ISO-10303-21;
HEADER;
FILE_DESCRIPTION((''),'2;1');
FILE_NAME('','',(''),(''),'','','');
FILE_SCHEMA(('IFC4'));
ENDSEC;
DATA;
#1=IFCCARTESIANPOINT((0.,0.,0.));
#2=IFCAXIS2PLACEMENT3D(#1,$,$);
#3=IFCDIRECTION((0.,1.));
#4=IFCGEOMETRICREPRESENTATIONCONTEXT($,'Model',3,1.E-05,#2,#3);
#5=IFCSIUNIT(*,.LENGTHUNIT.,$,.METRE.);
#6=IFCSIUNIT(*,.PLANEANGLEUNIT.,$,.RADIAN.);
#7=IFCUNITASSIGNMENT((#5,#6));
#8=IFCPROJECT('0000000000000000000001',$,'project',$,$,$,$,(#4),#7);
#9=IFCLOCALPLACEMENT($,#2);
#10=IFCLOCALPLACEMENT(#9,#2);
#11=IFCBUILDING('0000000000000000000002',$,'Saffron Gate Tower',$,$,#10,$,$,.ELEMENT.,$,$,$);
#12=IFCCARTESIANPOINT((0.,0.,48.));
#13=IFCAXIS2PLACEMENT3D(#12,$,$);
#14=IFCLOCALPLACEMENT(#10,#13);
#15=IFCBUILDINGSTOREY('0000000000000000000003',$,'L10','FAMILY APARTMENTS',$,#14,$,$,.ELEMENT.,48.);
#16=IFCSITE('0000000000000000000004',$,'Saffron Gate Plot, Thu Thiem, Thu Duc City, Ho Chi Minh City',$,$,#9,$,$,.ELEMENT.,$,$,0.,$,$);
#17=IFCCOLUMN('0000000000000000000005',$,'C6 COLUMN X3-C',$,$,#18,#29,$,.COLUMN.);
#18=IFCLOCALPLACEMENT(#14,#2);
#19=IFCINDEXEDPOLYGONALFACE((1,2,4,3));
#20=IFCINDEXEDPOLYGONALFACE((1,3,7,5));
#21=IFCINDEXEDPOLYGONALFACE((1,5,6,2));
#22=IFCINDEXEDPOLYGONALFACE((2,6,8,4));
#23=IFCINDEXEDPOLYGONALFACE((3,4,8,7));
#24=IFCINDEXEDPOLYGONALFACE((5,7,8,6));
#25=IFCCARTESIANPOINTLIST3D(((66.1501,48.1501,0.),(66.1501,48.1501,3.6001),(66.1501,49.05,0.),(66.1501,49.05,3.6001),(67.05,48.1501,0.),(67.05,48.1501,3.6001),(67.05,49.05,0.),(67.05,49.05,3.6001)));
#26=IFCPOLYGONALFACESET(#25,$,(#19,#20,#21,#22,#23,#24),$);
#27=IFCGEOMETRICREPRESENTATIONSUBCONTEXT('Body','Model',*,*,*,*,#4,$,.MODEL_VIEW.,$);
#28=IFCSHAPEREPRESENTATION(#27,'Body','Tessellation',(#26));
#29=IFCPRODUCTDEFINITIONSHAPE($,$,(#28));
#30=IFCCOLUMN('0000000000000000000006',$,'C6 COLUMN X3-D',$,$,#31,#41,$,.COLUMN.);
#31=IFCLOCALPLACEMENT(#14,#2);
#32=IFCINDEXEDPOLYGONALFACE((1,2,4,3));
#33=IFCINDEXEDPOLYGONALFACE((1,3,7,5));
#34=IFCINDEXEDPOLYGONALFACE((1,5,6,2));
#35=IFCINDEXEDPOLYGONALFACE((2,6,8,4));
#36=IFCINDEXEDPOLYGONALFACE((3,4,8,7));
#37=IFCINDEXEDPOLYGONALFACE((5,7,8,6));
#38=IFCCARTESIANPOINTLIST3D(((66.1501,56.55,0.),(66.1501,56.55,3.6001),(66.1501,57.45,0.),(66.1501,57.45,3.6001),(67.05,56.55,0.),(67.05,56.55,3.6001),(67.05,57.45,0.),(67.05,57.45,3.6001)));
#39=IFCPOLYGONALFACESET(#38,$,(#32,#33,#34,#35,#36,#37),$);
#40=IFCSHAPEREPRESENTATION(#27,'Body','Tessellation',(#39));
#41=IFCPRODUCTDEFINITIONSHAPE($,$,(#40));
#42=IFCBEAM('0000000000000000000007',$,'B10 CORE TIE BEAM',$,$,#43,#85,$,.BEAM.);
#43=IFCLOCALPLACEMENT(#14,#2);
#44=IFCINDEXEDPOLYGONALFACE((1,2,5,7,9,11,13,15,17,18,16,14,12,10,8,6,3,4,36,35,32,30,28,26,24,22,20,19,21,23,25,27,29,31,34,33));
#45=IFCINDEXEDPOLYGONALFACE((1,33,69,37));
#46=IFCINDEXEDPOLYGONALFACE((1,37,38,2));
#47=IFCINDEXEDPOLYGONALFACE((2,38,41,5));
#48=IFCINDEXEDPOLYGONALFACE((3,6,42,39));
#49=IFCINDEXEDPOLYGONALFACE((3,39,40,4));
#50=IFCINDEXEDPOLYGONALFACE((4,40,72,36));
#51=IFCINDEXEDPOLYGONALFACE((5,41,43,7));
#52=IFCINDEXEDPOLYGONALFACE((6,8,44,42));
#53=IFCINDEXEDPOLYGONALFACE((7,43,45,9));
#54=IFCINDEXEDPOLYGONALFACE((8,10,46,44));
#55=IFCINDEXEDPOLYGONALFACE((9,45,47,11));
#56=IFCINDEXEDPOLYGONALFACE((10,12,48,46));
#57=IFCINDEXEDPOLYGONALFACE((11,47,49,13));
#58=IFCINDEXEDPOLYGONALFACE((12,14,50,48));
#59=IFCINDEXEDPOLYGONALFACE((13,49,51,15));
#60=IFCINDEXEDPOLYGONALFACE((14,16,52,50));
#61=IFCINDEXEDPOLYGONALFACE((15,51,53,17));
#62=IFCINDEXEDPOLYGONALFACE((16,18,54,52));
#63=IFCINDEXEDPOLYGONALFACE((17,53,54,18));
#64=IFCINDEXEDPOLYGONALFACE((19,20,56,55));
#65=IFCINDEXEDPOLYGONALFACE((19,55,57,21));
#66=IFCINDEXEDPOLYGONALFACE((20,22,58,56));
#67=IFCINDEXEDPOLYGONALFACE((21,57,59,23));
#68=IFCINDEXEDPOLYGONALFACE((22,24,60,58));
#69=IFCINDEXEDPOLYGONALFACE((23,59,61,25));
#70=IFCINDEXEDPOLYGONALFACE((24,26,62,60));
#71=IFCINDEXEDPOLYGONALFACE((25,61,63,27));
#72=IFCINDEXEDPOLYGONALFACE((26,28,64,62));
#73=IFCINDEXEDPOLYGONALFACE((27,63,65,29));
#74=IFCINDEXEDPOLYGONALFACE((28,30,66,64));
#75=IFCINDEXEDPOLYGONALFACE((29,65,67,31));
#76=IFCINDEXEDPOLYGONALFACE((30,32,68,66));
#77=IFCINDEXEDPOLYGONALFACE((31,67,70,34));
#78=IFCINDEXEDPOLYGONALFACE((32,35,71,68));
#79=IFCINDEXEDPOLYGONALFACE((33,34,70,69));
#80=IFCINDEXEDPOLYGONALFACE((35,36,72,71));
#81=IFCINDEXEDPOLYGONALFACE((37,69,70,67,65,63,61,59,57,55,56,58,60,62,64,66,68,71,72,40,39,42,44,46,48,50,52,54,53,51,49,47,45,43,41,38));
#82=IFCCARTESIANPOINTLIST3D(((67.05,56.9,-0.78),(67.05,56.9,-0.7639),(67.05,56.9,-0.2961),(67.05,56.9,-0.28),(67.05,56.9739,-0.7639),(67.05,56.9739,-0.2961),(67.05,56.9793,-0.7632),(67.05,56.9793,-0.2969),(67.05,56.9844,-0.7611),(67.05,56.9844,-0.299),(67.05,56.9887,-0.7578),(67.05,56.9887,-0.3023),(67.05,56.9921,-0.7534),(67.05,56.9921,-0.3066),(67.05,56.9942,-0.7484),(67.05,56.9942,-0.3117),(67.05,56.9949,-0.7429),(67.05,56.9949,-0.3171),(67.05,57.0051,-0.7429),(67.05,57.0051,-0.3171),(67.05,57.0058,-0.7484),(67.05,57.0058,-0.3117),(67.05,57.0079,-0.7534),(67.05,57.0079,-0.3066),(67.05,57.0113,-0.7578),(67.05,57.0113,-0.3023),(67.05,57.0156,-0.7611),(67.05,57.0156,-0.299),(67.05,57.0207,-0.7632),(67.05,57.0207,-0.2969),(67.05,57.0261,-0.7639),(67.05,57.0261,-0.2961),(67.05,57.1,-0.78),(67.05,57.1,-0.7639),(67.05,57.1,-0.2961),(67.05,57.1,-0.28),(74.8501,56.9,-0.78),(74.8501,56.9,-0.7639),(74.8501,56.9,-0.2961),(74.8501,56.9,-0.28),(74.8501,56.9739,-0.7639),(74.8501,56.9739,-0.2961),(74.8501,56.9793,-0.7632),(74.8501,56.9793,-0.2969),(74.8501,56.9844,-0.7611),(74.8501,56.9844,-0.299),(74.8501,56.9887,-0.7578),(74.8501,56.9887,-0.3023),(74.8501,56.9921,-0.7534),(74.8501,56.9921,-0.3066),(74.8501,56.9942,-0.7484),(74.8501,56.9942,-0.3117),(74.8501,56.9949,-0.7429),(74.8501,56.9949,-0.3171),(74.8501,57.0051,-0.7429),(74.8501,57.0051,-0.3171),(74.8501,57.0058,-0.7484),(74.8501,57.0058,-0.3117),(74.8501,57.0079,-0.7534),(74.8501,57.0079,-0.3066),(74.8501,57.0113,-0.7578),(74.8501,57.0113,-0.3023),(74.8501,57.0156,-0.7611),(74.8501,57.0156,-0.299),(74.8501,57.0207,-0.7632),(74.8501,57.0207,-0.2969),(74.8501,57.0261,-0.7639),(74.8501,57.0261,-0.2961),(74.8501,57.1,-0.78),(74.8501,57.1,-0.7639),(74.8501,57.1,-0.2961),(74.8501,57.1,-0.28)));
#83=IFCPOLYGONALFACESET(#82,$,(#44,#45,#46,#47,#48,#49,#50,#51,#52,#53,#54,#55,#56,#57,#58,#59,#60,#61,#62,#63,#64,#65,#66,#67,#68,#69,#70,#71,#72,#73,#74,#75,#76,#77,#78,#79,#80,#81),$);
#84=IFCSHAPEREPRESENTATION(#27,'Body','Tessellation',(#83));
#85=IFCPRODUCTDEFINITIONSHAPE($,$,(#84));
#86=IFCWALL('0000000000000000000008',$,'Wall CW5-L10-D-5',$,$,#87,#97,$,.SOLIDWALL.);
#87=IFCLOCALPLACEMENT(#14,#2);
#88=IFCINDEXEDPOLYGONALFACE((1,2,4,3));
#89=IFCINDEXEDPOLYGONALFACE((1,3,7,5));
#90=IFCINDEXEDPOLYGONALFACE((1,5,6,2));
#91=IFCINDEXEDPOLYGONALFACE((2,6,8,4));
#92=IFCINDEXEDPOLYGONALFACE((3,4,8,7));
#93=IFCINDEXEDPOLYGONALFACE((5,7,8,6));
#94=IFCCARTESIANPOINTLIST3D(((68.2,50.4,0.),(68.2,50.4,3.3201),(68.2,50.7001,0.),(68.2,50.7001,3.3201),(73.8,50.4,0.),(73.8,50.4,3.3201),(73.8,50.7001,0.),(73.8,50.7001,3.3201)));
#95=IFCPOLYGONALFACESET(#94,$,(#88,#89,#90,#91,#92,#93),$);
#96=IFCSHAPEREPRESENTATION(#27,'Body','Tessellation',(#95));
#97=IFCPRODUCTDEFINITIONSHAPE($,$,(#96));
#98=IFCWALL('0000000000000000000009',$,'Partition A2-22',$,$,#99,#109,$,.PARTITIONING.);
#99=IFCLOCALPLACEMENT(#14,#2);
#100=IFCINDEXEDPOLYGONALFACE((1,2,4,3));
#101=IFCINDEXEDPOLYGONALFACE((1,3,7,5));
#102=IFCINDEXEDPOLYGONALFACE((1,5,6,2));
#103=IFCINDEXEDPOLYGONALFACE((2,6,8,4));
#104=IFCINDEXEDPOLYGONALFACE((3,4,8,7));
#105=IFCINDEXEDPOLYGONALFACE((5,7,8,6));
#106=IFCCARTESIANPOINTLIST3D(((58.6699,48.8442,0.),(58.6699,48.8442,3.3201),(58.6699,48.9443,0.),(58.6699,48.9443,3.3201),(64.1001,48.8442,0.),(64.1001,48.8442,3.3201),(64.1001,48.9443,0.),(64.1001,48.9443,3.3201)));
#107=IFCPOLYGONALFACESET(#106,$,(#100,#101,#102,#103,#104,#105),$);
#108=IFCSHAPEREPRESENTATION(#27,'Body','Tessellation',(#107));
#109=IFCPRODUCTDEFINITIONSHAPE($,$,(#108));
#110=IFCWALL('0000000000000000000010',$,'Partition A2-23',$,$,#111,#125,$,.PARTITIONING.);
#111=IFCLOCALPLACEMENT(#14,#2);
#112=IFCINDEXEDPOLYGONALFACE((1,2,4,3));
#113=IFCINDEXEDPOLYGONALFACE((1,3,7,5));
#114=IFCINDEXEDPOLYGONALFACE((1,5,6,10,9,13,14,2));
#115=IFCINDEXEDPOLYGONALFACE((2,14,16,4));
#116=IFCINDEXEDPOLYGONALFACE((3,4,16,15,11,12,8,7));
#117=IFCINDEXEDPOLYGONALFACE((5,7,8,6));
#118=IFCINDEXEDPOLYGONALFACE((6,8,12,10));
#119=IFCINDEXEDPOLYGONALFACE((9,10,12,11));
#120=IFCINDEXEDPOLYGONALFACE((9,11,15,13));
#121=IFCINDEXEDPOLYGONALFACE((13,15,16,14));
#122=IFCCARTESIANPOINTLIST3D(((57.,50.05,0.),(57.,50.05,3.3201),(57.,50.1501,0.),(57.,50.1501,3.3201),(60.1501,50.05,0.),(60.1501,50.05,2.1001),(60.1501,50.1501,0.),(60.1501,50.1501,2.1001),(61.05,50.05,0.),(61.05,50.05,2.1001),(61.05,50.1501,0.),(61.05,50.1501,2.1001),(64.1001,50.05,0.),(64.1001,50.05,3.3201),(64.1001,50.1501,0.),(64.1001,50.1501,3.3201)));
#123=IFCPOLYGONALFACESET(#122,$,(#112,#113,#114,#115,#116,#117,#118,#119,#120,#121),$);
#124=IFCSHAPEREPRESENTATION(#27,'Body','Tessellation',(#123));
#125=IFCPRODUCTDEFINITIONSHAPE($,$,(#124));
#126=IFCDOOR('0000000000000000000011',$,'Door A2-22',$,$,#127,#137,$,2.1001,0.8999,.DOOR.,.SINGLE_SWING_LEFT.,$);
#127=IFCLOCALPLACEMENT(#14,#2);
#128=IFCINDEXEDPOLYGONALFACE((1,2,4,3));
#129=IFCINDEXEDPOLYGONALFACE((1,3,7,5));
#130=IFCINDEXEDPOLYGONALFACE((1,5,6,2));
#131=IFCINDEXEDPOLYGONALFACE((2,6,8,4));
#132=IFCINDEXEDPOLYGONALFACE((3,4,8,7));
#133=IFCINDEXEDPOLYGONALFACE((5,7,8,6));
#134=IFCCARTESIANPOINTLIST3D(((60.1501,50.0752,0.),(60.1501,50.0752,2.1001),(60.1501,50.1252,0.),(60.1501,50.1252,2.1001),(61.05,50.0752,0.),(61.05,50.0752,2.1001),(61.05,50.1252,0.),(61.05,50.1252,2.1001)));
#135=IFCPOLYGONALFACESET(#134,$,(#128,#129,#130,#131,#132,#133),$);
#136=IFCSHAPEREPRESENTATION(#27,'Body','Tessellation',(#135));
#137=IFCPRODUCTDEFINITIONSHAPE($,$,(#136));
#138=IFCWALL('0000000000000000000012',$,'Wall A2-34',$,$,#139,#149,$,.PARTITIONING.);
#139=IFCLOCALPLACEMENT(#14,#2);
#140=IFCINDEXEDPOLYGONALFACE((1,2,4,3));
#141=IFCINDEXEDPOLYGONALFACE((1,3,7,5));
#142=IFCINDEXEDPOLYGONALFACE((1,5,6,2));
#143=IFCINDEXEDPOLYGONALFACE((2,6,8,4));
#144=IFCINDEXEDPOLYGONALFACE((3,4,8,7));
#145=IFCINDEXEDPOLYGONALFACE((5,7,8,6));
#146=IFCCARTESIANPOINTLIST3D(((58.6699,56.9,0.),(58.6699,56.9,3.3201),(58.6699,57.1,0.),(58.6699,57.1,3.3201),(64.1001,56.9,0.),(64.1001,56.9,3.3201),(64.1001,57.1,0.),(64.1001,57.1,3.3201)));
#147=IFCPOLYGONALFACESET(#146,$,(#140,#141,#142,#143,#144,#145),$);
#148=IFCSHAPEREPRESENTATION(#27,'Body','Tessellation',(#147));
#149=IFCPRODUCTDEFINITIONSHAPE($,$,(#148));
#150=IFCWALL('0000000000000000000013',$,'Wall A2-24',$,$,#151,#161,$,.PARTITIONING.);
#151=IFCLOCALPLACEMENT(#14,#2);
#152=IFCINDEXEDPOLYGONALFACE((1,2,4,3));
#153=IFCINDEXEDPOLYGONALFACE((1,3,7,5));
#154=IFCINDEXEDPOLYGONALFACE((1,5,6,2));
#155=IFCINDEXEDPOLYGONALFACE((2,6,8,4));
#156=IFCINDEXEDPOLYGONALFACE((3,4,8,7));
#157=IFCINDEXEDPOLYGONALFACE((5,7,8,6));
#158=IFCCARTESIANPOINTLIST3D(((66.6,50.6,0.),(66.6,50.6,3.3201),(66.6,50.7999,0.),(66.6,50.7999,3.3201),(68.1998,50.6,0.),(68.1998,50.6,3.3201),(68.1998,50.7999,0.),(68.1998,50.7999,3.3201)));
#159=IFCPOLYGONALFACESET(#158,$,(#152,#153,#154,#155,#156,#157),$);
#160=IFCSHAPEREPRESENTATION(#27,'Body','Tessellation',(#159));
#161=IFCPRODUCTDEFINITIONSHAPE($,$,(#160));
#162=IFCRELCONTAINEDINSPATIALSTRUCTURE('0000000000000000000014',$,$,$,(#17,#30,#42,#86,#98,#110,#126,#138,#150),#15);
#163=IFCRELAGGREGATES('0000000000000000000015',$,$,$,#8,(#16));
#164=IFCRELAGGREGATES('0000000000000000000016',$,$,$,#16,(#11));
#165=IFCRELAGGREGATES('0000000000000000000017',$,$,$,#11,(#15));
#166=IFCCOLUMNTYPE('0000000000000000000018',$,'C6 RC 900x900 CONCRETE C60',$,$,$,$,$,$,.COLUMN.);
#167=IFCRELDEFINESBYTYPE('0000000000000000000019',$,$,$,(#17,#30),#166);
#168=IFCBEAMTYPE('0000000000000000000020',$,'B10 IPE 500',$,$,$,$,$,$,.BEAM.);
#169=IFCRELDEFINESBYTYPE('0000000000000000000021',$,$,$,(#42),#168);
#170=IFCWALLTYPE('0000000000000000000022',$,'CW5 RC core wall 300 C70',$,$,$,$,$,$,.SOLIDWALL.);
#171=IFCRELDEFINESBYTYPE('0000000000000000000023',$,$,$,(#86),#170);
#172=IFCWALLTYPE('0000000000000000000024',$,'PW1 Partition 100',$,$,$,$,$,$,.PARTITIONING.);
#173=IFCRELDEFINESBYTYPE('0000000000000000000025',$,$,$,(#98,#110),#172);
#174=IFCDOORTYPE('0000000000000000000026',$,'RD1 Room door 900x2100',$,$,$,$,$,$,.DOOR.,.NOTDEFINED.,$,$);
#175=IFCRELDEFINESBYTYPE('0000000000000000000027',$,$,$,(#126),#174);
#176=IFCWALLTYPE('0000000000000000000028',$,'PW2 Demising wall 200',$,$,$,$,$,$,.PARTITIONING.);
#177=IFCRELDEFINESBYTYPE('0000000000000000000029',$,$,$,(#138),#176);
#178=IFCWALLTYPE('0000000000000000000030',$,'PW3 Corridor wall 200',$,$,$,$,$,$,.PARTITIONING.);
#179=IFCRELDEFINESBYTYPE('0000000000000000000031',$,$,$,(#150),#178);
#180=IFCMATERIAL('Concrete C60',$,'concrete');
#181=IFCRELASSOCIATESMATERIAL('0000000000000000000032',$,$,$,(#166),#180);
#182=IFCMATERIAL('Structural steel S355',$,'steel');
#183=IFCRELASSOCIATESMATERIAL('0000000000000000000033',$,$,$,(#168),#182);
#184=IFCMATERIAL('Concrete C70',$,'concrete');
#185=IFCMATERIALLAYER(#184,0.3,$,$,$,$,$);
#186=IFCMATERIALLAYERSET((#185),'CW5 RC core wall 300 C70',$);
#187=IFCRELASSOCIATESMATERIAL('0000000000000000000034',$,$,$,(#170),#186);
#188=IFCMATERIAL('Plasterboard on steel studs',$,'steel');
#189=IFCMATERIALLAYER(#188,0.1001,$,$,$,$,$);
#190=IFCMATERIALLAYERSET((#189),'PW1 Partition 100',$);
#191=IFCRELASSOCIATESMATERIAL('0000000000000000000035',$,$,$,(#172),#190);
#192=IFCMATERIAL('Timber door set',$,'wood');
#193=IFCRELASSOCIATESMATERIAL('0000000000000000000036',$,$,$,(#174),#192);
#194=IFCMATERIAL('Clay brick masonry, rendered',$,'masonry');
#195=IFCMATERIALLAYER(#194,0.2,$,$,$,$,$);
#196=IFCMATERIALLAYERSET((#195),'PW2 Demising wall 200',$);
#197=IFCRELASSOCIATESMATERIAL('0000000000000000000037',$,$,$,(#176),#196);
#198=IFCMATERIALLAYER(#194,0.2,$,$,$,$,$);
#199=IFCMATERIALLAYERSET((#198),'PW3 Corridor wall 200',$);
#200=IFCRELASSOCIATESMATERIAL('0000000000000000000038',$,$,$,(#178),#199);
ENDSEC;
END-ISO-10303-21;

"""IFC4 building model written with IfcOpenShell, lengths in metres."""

from ifc_helpers import new_model, si_unit, direction, frame, frame_2d, origin, origin_2d, place, context, subcontext, project, spatial, rectangle, i_section, extrude, material, layer, layer_set, material_profile, profile_set, type_object, element, fill, save


model = new_model("IFC4")

# Units and contexts
model_context = context("Model", 3, precision=1e-05, world=origin(), true_north=direction((0.0, 1.0)))
body_context = subcontext(model_context, "Body", "Model", "MODEL_VIEW")
ifc_project = project(units=[si_unit("LENGTHUNIT", "METRE"), si_unit("PLANEANGLEUNIT", "RADIAN")], contexts=[model_context])

# Site, building, storey
site_placement = place(None, origin())
site = spatial("IfcSite", under=ifc_project, at=site_placement, Name="Saffron Gate Plot, Thu Thiem, Thu Duc City, Ho Chi Minh City", CompositionType="ELEMENT", RefElevation=0.0)
building_placement = place(site_placement, origin())
building = spatial("IfcBuilding", under=site, at=building_placement, Name="Saffron Gate Tower", CompositionType="ELEMENT")
storey_placement = place(building_placement, frame((0.0, 0.0, 48.0)))
storey = spatial("IfcBuildingStorey", under=building, at=storey_placement, Name="L10", Description="FAMILY APARTMENTS", CompositionType="ELEMENT", Elevation=48.0)

# Columns
ifc_material_1 = material(Name="Concrete C60", Category="concrete")
ifc_material_profile_1 = material_profile(ifc_material_1, rectangle(XDim=0.8999, YDim=0.8999, at=origin_2d()))
ifc_profile_set_1 = profile_set([ifc_material_profile_1], Name="Concrete C60")
column_type = type_object("IfcColumnType", Name="C6 RC 900x900 CONCRETE C60", PredefinedType="COLUMN", material=ifc_profile_set_1)
for number, where, z_axis, x_axis, name in (
    (1, (66.6001, 48.6001, 0.0), (0.0, 0.0, 1.0), (1.0, 0.0, 0.0), "C6 COLUMN X3-C"),
    (2, (66.6001, 57.0, 0.0), (0.0, 0.0, 1.0), (1.0, 0.0, 0.0), "C6 COLUMN X3-D"),
):
    element("IfcColumn", number, at=place(storey_placement, frame(where, z_axis=z_axis, x_axis=x_axis)), inside=storey, type_object=column_type, Name=name, PredefinedType="COLUMN", context=body_context, shape_type="SweptSolid", body=[
        extrude(rectangle(XDim=0.8999, YDim=0.8999, at=origin_2d()), origin(), (0.0, 0.0, 1.0), 3.6001),
    ])

# Beam
ifc_material_2 = material(Name="Structural steel S355", Category="steel")
ifc_material_profile_2 = material_profile(ifc_material_2, i_section(OverallWidth=0.2, OverallDepth=0.5, WebThickness=0.0103, FlangeThickness=0.0161, FilletRadius=0.021, at=origin_2d()))
ifc_profile_set_2 = profile_set([ifc_material_profile_2], Name="Structural steel S355")
beam_type = type_object("IfcBeamType", Name="B10 IPE 500", PredefinedType="BEAM", material=ifc_profile_set_2)
beam_placement = place(storey_placement, frame((67.05, 57.0, -0.53), z_axis=(1.0, 0.0, 0.0), x_axis=(0.0, 1.0, 0.0)))
element("IfcBeam", 3, at=beam_placement, inside=storey, type_object=beam_type, Name="B10 CORE TIE BEAM", PredefinedType="BEAM", context=body_context, shape_type="SweptSolid", body=[
    extrude(i_section(OverallWidth=0.2, OverallDepth=0.5, WebThickness=0.0103, FlangeThickness=0.0161, FilletRadius=0.021, at=origin_2d()), origin(), (0.0, 0.0, 1.0), 7.8),
])

# Walls
ifc_material_3 = material(Name="Concrete C70", Category="concrete")
ifc_layer_1 = layer(ifc_material_3, 0.3)
ifc_layer_set_1 = layer_set([ifc_layer_1], Name="CW5 RC core wall 300 C70")
wall_type_1 = type_object("IfcWallType", Name="CW5 RC core wall 300 C70", PredefinedType="SOLIDWALL", material=ifc_layer_set_1)
wall_1_placement = place(storey_placement, frame((68.2, 50.55, 0.0), z_axis=(0.0, 0.0, 1.0), x_axis=(1.0, 0.0, 0.0)))
element("IfcWall", 4, at=wall_1_placement, inside=storey, type_object=wall_type_1, Name="Wall CW5-L10-D-5", PredefinedType="SOLIDWALL", context=body_context, shape_type="SweptSolid", body=[
    extrude(rectangle(XDim=5.6001, YDim=0.3, at=frame_2d((2.8, 0.0))), origin(), (0.0, 0.0, 1.0), 3.3201),
])
ifc_material_4 = material(Name="Plasterboard on steel studs", Category="steel")
ifc_layer_2 = layer(ifc_material_4, 0.1001)
ifc_layer_set_2 = layer_set([ifc_layer_2], Name="PW1 Partition 100")
wall_type_2 = type_object("IfcWallType", Name="PW1 Partition 100", PredefinedType="PARTITIONING", material=ifc_layer_set_2)
wall_2_placement = place(storey_placement, frame((58.6699, 48.8943, 0.0), z_axis=(0.0, 0.0, 1.0), x_axis=(1.0, 0.0, 0.0)))
element("IfcWall", 5, at=wall_2_placement, inside=storey, type_object=wall_type_2, Name="Partition A2-22", PredefinedType="PARTITIONING", context=body_context, shape_type="SweptSolid", body=[
    extrude(rectangle(XDim=5.4302, YDim=0.1001, at=frame_2d((2.7151, 0.0))), origin(), (0.0, 0.0, 1.0), 3.3201),
])

# Wall, opening, door
wall_3_placement = place(storey_placement, frame((64.1001, 50.1001, 0.0), z_axis=(0.0, 0.0, 1.0), x_axis=(-1.0, 0.0, 0.0)))
wall_3 = element("IfcWall", 6, at=wall_3_placement, inside=storey, type_object=wall_type_2, Name="Partition A2-23", PredefinedType="PARTITIONING", context=body_context, shape_type="SweptSolid", body=[
    extrude(rectangle(XDim=7.1001, YDim=0.1001, at=frame_2d((3.55, 0.0))), origin(), (0.0, 0.0, 1.0), 3.3201),
])
opening_1_placement = place(wall_3_placement, frame((3.05, 0.0, 0.0)))
opening_1 = element("IfcOpeningElement", 7, at=opening_1_placement, cuts=wall_3, PredefinedType="OPENING", context=body_context, shape_type="SweptSolid", body=[
    extrude(rectangle(XDim=0.8999, YDim=2.1001, at=frame_2d((0.45, 1.05))), frame((0.0, 0.0601, 0.0), z_axis=(0.0, -1.0, 0.0), x_axis=(1.0, 0.0, 0.0)), (0.0, 0.0, 1.0), 0.1201),
])
ifc_material_5 = material(Name="Timber door set", Category="wood")
door_type_1 = type_object("IfcDoorType", Name="RD1 Room door 900x2100", OperationType="NOTDEFINED", PredefinedType="DOOR", material=ifc_material_5)
door_1_placement = place(opening_1_placement, origin())
door_1 = element("IfcDoor", 8, at=door_1_placement, inside=storey, type_object=door_type_1, Name="Door A2-22", OperationType="SINGLE_SWING_LEFT", OverallHeight=2.1001, OverallWidth=0.8999, PredefinedType="DOOR", context=body_context, shape_type="SweptSolid", body=[
    extrude(rectangle(XDim=0.8999, YDim=2.1001, at=frame_2d((0.45, 1.05))), frame((0.0, 0.0249, 0.0), z_axis=(0.0, -1.0, 0.0), x_axis=(1.0, 0.0, 0.0)), (0.0, 0.0, 1.0), 0.05),
])
fill(opening_1, door_1)

# Walls
ifc_material_6 = material(Name="Clay brick masonry, rendered", Category="masonry")
ifc_layer_3 = layer(ifc_material_6, 0.2)
ifc_layer_set_3 = layer_set([ifc_layer_3], Name="PW2 Demising wall 200")
wall_type_3 = type_object("IfcWallType", Name="PW2 Demising wall 200", PredefinedType="PARTITIONING", material=ifc_layer_set_3)
wall_4_placement = place(storey_placement, frame((58.6699, 57.0, 0.0), z_axis=(0.0, 0.0, 1.0), x_axis=(1.0, 0.0, 0.0)))
element("IfcWall", 9, at=wall_4_placement, inside=storey, type_object=wall_type_3, Name="Wall A2-34", PredefinedType="PARTITIONING", context=body_context, shape_type="SweptSolid", body=[
    extrude(rectangle(XDim=5.4302, YDim=0.2, at=frame_2d((2.7151, 0.0))), origin(), (0.0, 0.0, 1.0), 3.3201),
])
ifc_layer_4 = layer(ifc_material_6, 0.2)
ifc_layer_set_4 = layer_set([ifc_layer_4], Name="PW3 Corridor wall 200")
wall_type_4 = type_object("IfcWallType", Name="PW3 Corridor wall 200", PredefinedType="PARTITIONING", material=ifc_layer_set_4)
wall_5_placement = place(storey_placement, frame((66.6001, 50.7, 0.0), z_axis=(0.0, 0.0, 1.0), x_axis=(1.0, 0.0, 0.0)))
element("IfcWall", 10, at=wall_5_placement, inside=storey, type_object=wall_type_4, Name="Wall A2-24", PredefinedType="PARTITIONING", context=body_context, shape_type="SweptSolid", body=[
    extrude(rectangle(XDim=1.5999, YDim=0.2, at=frame_2d((0.7998, 0.0))), origin(), (0.0, 0.0, 1.0), 3.3201),
])

save(model, "model.ifc")
